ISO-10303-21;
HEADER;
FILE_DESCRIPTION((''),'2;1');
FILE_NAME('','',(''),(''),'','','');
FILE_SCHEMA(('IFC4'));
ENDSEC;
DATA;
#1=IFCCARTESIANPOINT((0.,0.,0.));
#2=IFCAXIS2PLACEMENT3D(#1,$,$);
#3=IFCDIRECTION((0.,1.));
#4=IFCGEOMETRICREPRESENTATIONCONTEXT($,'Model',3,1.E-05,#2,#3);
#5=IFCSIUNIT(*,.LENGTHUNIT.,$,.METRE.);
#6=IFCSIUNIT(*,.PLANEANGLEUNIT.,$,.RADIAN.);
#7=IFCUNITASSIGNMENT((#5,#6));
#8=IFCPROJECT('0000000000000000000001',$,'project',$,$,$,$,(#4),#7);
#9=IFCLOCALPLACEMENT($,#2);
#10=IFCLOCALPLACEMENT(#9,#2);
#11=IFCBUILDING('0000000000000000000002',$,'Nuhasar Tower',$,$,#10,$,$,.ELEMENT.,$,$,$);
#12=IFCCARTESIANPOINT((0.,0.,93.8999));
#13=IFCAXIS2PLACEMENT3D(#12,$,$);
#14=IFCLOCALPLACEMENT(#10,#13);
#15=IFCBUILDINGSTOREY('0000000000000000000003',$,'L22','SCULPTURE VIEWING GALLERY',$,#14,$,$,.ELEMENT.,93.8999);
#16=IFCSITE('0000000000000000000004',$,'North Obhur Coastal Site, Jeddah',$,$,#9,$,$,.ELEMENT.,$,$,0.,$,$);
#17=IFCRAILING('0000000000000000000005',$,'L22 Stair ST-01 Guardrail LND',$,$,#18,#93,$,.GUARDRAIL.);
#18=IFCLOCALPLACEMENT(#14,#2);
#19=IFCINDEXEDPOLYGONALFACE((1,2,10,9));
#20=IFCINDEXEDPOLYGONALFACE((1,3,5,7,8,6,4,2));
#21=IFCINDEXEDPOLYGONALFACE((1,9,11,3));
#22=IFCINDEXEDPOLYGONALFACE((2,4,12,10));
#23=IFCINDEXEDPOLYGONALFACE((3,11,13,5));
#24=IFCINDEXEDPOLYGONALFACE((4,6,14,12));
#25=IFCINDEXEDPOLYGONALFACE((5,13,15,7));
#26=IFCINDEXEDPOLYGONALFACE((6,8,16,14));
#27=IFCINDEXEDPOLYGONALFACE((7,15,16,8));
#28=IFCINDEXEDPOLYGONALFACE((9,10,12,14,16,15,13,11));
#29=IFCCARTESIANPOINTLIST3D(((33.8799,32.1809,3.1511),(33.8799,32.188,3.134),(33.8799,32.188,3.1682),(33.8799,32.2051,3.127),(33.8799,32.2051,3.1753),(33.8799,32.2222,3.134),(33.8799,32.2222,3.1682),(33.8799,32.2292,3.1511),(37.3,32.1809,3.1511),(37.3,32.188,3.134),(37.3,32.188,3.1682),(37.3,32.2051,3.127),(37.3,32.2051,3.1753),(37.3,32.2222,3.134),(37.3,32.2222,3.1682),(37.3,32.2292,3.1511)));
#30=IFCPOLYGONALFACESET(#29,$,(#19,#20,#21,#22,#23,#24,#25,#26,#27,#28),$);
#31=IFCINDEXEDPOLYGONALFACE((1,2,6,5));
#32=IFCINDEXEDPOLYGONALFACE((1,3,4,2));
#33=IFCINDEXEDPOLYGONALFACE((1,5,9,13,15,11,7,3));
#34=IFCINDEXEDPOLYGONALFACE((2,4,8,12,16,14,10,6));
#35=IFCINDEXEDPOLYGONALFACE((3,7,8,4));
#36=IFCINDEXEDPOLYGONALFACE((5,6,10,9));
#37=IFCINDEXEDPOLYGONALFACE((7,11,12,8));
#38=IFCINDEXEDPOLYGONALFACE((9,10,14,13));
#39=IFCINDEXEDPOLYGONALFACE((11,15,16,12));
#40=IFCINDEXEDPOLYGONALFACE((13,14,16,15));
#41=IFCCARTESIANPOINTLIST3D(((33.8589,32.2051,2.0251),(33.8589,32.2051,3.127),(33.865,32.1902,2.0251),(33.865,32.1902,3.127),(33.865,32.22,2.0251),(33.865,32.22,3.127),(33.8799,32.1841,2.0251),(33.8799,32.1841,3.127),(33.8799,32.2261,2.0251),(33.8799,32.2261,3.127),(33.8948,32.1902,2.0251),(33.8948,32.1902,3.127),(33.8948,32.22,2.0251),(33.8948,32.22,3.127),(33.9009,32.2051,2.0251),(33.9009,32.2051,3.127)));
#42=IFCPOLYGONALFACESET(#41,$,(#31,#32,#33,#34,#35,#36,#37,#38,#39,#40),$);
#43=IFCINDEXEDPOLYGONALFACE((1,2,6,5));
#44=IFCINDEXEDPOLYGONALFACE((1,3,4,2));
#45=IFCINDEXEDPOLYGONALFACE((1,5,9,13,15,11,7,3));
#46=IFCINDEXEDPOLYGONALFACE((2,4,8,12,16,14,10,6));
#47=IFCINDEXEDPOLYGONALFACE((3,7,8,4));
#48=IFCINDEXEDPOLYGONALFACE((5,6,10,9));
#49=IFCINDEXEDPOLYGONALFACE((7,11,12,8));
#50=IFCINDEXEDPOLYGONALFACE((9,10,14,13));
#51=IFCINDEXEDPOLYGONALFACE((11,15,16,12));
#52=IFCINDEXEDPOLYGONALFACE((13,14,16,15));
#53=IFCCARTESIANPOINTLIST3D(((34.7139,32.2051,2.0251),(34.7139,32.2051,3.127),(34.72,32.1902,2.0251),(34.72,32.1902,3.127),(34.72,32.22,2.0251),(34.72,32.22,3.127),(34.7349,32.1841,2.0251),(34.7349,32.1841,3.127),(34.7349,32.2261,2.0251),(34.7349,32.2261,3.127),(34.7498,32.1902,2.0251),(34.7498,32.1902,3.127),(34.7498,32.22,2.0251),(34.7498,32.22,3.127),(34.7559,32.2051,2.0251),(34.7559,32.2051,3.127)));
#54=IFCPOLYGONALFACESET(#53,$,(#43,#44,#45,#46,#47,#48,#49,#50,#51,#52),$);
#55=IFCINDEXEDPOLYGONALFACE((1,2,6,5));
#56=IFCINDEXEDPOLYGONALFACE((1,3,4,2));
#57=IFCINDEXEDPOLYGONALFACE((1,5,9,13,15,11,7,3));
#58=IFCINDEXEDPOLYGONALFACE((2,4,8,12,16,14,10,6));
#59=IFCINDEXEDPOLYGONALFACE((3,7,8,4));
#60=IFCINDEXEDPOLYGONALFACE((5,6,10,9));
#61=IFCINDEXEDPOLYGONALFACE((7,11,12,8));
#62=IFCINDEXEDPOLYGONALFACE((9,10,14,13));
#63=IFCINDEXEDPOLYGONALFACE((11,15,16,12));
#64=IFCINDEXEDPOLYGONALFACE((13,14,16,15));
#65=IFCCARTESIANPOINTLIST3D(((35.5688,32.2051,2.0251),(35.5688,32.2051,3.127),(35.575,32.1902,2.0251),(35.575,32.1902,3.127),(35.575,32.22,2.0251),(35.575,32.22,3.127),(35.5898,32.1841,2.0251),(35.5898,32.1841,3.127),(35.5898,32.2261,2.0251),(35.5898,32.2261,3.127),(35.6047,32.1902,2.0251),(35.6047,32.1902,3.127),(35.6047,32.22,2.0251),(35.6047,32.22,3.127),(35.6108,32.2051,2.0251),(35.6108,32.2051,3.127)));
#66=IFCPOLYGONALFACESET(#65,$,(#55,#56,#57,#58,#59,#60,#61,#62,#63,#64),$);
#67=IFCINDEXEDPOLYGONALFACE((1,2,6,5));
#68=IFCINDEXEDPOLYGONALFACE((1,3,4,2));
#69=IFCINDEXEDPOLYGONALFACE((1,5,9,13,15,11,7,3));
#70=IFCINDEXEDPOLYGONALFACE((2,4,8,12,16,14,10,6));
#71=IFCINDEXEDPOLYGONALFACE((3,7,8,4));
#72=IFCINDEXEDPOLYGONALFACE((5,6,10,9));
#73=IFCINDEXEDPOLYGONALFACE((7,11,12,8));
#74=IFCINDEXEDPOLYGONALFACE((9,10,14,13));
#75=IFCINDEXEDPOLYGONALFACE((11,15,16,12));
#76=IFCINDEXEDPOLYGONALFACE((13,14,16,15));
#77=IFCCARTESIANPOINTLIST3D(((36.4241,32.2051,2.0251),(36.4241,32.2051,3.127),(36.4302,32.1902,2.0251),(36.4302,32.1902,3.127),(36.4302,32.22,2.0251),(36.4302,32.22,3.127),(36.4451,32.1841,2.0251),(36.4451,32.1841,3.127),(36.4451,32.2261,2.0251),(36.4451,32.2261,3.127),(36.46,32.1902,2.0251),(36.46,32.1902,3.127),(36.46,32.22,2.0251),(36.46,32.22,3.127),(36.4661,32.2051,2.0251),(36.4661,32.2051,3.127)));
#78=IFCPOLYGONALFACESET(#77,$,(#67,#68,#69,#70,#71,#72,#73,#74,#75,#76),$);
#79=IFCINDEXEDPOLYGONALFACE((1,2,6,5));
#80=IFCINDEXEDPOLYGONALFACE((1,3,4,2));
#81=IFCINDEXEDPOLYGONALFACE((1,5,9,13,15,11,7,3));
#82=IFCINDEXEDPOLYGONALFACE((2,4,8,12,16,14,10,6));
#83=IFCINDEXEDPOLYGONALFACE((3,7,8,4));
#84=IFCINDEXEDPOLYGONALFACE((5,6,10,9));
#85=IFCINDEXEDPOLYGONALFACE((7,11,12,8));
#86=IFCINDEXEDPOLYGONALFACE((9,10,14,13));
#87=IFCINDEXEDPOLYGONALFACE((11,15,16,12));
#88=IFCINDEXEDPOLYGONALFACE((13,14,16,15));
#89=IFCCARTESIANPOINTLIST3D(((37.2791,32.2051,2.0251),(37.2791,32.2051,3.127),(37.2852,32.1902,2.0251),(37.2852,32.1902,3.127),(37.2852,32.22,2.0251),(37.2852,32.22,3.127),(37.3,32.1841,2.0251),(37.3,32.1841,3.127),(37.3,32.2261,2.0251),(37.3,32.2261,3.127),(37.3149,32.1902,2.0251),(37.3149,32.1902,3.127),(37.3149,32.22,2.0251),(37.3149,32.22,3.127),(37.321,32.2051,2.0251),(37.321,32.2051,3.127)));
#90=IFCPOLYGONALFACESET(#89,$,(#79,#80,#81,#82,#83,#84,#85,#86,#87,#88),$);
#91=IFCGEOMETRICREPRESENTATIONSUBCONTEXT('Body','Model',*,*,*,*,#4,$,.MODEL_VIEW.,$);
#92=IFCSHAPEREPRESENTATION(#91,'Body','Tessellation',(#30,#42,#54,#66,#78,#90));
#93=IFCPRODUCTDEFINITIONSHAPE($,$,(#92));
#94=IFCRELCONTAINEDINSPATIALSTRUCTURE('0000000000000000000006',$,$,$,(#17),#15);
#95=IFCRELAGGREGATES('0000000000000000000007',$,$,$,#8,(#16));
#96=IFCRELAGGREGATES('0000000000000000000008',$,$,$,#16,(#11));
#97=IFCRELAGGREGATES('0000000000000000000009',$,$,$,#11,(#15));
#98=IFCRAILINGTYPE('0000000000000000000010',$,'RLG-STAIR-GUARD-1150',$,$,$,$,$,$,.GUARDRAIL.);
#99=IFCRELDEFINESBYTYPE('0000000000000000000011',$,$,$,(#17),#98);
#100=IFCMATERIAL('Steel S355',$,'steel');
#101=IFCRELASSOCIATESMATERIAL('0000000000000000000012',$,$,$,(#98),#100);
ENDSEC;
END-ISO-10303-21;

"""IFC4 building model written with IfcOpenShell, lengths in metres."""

from ifc_helpers import new_model, si_unit, direction, frame, origin, place, context, subcontext, project, spatial, polyline, outline, extrude, material, type_object, element, save


model = new_model("IFC4")

# Units and contexts
model_context = context("Model", 3, precision=1e-05, world=origin(), true_north=direction((0.0, 1.0)))
body_context = subcontext(model_context, "Body", "Model", "MODEL_VIEW")
ifc_project = project(units=[si_unit("LENGTHUNIT", "METRE"), si_unit("PLANEANGLEUNIT", "RADIAN")], contexts=[model_context])

# Site, building, storey
site_placement = place(None, origin())
site = spatial("IfcSite", under=ifc_project, at=site_placement, Name="North Obhur Coastal Site, Jeddah", CompositionType="ELEMENT", RefElevation=0.0)
building_placement = place(site_placement, origin())
building = spatial("IfcBuilding", under=site, at=building_placement, Name="Nuhasar Tower", CompositionType="ELEMENT")
storey_placement = place(building_placement, frame((0.0, 0.0, 93.8999)))
storey = spatial("IfcBuildingStorey", under=building, at=storey_placement, Name="L22", Description="SCULPTURE VIEWING GALLERY", CompositionType="ELEMENT", Elevation=93.8999)

# Shared definitions
ifc_material_1 = material(Name="Steel S355", Category="steel")

# Railing
railing_type_1 = type_object("IfcRailingType", Name="RLG-STAIR-GUARD-1150", PredefinedType="GUARDRAIL", material=ifc_material_1)
railing_1_placement = place(storey_placement, frame((33.8799, 32.2051, 2.0251)))
element("IfcRailing", 1, at=railing_1_placement, inside=storey, type_object=railing_type_1, Name="L22 Stair ST-01 Guardrail LND", PredefinedType="GUARDRAIL", context=body_context, shape_type="SweptSolid", body=[
    extrude(outline(polyline([(0.0242, 0.0), (0.0171, 0.0171), (0.0, 0.0242), (-0.0171, 0.0171), (-0.0242, 0.0), (-0.0171, -0.0171), (0.0, -0.0242), (0.0171, -0.0171), (0.0242, 0.0)])), frame((0.0, 0.0, 1.126), z_axis=(1.0, 0.0, 0.0), x_axis=(0.0, 1.0, 0.0)), (0.0, 0.0, 1.0), 3.4202),
    extrude(outline(polyline([(0.021, 0.0), (0.0149, 0.0149), (0.0, 0.021), (-0.0149, 0.0149), (-0.021, 0.0), (-0.0149, -0.0149), (0.0, -0.021), (0.0149, -0.0149), (0.021, 0.0)])), origin(), (0.0, 0.0, 1.0), 1.1018),
    extrude(outline(polyline([(0.021, 0.0), (0.0149, 0.0149), (0.0, 0.021), (-0.0149, 0.0149), (-0.021, 0.0), (-0.0149, -0.0149), (0.0, -0.021), (0.0149, -0.0149), (0.021, 0.0)])), frame((0.855, 0.0, 0.0)), (0.0, 0.0, 1.0), 1.1018),
    extrude(outline(polyline([(0.021, 0.0), (0.0149, 0.0149), (0.0, 0.021), (-0.0149, 0.0149), (-0.021, 0.0), (-0.0149, -0.0149), (0.0, -0.021), (0.0149, -0.0149), (0.021, 0.0)])), frame((1.71, 0.0, 0.0)), (0.0, 0.0, 1.0), 1.1018),
    extrude(outline(polyline([(0.021, 0.0), (0.0149, 0.0149), (0.0, 0.021), (-0.0149, 0.0149), (-0.021, 0.0), (-0.0149, -0.0149), (0.0, -0.021), (0.0149, -0.0149), (0.021, 0.0)])), frame((2.5652, 0.0, 0.0)), (0.0, 0.0, 1.0), 1.1018),
    extrude(outline(polyline([(0.021, 0.0), (0.0149, 0.0149), (0.0, 0.021), (-0.0149, 0.0149), (-0.021, 0.0), (-0.0149, -0.0149), (0.0, -0.021), (0.0149, -0.0149), (0.021, 0.0)])), frame((3.4202, 0.0, 0.0)), (0.0, 0.0, 1.0), 1.1018),
])

save(model, "model.ifc")
